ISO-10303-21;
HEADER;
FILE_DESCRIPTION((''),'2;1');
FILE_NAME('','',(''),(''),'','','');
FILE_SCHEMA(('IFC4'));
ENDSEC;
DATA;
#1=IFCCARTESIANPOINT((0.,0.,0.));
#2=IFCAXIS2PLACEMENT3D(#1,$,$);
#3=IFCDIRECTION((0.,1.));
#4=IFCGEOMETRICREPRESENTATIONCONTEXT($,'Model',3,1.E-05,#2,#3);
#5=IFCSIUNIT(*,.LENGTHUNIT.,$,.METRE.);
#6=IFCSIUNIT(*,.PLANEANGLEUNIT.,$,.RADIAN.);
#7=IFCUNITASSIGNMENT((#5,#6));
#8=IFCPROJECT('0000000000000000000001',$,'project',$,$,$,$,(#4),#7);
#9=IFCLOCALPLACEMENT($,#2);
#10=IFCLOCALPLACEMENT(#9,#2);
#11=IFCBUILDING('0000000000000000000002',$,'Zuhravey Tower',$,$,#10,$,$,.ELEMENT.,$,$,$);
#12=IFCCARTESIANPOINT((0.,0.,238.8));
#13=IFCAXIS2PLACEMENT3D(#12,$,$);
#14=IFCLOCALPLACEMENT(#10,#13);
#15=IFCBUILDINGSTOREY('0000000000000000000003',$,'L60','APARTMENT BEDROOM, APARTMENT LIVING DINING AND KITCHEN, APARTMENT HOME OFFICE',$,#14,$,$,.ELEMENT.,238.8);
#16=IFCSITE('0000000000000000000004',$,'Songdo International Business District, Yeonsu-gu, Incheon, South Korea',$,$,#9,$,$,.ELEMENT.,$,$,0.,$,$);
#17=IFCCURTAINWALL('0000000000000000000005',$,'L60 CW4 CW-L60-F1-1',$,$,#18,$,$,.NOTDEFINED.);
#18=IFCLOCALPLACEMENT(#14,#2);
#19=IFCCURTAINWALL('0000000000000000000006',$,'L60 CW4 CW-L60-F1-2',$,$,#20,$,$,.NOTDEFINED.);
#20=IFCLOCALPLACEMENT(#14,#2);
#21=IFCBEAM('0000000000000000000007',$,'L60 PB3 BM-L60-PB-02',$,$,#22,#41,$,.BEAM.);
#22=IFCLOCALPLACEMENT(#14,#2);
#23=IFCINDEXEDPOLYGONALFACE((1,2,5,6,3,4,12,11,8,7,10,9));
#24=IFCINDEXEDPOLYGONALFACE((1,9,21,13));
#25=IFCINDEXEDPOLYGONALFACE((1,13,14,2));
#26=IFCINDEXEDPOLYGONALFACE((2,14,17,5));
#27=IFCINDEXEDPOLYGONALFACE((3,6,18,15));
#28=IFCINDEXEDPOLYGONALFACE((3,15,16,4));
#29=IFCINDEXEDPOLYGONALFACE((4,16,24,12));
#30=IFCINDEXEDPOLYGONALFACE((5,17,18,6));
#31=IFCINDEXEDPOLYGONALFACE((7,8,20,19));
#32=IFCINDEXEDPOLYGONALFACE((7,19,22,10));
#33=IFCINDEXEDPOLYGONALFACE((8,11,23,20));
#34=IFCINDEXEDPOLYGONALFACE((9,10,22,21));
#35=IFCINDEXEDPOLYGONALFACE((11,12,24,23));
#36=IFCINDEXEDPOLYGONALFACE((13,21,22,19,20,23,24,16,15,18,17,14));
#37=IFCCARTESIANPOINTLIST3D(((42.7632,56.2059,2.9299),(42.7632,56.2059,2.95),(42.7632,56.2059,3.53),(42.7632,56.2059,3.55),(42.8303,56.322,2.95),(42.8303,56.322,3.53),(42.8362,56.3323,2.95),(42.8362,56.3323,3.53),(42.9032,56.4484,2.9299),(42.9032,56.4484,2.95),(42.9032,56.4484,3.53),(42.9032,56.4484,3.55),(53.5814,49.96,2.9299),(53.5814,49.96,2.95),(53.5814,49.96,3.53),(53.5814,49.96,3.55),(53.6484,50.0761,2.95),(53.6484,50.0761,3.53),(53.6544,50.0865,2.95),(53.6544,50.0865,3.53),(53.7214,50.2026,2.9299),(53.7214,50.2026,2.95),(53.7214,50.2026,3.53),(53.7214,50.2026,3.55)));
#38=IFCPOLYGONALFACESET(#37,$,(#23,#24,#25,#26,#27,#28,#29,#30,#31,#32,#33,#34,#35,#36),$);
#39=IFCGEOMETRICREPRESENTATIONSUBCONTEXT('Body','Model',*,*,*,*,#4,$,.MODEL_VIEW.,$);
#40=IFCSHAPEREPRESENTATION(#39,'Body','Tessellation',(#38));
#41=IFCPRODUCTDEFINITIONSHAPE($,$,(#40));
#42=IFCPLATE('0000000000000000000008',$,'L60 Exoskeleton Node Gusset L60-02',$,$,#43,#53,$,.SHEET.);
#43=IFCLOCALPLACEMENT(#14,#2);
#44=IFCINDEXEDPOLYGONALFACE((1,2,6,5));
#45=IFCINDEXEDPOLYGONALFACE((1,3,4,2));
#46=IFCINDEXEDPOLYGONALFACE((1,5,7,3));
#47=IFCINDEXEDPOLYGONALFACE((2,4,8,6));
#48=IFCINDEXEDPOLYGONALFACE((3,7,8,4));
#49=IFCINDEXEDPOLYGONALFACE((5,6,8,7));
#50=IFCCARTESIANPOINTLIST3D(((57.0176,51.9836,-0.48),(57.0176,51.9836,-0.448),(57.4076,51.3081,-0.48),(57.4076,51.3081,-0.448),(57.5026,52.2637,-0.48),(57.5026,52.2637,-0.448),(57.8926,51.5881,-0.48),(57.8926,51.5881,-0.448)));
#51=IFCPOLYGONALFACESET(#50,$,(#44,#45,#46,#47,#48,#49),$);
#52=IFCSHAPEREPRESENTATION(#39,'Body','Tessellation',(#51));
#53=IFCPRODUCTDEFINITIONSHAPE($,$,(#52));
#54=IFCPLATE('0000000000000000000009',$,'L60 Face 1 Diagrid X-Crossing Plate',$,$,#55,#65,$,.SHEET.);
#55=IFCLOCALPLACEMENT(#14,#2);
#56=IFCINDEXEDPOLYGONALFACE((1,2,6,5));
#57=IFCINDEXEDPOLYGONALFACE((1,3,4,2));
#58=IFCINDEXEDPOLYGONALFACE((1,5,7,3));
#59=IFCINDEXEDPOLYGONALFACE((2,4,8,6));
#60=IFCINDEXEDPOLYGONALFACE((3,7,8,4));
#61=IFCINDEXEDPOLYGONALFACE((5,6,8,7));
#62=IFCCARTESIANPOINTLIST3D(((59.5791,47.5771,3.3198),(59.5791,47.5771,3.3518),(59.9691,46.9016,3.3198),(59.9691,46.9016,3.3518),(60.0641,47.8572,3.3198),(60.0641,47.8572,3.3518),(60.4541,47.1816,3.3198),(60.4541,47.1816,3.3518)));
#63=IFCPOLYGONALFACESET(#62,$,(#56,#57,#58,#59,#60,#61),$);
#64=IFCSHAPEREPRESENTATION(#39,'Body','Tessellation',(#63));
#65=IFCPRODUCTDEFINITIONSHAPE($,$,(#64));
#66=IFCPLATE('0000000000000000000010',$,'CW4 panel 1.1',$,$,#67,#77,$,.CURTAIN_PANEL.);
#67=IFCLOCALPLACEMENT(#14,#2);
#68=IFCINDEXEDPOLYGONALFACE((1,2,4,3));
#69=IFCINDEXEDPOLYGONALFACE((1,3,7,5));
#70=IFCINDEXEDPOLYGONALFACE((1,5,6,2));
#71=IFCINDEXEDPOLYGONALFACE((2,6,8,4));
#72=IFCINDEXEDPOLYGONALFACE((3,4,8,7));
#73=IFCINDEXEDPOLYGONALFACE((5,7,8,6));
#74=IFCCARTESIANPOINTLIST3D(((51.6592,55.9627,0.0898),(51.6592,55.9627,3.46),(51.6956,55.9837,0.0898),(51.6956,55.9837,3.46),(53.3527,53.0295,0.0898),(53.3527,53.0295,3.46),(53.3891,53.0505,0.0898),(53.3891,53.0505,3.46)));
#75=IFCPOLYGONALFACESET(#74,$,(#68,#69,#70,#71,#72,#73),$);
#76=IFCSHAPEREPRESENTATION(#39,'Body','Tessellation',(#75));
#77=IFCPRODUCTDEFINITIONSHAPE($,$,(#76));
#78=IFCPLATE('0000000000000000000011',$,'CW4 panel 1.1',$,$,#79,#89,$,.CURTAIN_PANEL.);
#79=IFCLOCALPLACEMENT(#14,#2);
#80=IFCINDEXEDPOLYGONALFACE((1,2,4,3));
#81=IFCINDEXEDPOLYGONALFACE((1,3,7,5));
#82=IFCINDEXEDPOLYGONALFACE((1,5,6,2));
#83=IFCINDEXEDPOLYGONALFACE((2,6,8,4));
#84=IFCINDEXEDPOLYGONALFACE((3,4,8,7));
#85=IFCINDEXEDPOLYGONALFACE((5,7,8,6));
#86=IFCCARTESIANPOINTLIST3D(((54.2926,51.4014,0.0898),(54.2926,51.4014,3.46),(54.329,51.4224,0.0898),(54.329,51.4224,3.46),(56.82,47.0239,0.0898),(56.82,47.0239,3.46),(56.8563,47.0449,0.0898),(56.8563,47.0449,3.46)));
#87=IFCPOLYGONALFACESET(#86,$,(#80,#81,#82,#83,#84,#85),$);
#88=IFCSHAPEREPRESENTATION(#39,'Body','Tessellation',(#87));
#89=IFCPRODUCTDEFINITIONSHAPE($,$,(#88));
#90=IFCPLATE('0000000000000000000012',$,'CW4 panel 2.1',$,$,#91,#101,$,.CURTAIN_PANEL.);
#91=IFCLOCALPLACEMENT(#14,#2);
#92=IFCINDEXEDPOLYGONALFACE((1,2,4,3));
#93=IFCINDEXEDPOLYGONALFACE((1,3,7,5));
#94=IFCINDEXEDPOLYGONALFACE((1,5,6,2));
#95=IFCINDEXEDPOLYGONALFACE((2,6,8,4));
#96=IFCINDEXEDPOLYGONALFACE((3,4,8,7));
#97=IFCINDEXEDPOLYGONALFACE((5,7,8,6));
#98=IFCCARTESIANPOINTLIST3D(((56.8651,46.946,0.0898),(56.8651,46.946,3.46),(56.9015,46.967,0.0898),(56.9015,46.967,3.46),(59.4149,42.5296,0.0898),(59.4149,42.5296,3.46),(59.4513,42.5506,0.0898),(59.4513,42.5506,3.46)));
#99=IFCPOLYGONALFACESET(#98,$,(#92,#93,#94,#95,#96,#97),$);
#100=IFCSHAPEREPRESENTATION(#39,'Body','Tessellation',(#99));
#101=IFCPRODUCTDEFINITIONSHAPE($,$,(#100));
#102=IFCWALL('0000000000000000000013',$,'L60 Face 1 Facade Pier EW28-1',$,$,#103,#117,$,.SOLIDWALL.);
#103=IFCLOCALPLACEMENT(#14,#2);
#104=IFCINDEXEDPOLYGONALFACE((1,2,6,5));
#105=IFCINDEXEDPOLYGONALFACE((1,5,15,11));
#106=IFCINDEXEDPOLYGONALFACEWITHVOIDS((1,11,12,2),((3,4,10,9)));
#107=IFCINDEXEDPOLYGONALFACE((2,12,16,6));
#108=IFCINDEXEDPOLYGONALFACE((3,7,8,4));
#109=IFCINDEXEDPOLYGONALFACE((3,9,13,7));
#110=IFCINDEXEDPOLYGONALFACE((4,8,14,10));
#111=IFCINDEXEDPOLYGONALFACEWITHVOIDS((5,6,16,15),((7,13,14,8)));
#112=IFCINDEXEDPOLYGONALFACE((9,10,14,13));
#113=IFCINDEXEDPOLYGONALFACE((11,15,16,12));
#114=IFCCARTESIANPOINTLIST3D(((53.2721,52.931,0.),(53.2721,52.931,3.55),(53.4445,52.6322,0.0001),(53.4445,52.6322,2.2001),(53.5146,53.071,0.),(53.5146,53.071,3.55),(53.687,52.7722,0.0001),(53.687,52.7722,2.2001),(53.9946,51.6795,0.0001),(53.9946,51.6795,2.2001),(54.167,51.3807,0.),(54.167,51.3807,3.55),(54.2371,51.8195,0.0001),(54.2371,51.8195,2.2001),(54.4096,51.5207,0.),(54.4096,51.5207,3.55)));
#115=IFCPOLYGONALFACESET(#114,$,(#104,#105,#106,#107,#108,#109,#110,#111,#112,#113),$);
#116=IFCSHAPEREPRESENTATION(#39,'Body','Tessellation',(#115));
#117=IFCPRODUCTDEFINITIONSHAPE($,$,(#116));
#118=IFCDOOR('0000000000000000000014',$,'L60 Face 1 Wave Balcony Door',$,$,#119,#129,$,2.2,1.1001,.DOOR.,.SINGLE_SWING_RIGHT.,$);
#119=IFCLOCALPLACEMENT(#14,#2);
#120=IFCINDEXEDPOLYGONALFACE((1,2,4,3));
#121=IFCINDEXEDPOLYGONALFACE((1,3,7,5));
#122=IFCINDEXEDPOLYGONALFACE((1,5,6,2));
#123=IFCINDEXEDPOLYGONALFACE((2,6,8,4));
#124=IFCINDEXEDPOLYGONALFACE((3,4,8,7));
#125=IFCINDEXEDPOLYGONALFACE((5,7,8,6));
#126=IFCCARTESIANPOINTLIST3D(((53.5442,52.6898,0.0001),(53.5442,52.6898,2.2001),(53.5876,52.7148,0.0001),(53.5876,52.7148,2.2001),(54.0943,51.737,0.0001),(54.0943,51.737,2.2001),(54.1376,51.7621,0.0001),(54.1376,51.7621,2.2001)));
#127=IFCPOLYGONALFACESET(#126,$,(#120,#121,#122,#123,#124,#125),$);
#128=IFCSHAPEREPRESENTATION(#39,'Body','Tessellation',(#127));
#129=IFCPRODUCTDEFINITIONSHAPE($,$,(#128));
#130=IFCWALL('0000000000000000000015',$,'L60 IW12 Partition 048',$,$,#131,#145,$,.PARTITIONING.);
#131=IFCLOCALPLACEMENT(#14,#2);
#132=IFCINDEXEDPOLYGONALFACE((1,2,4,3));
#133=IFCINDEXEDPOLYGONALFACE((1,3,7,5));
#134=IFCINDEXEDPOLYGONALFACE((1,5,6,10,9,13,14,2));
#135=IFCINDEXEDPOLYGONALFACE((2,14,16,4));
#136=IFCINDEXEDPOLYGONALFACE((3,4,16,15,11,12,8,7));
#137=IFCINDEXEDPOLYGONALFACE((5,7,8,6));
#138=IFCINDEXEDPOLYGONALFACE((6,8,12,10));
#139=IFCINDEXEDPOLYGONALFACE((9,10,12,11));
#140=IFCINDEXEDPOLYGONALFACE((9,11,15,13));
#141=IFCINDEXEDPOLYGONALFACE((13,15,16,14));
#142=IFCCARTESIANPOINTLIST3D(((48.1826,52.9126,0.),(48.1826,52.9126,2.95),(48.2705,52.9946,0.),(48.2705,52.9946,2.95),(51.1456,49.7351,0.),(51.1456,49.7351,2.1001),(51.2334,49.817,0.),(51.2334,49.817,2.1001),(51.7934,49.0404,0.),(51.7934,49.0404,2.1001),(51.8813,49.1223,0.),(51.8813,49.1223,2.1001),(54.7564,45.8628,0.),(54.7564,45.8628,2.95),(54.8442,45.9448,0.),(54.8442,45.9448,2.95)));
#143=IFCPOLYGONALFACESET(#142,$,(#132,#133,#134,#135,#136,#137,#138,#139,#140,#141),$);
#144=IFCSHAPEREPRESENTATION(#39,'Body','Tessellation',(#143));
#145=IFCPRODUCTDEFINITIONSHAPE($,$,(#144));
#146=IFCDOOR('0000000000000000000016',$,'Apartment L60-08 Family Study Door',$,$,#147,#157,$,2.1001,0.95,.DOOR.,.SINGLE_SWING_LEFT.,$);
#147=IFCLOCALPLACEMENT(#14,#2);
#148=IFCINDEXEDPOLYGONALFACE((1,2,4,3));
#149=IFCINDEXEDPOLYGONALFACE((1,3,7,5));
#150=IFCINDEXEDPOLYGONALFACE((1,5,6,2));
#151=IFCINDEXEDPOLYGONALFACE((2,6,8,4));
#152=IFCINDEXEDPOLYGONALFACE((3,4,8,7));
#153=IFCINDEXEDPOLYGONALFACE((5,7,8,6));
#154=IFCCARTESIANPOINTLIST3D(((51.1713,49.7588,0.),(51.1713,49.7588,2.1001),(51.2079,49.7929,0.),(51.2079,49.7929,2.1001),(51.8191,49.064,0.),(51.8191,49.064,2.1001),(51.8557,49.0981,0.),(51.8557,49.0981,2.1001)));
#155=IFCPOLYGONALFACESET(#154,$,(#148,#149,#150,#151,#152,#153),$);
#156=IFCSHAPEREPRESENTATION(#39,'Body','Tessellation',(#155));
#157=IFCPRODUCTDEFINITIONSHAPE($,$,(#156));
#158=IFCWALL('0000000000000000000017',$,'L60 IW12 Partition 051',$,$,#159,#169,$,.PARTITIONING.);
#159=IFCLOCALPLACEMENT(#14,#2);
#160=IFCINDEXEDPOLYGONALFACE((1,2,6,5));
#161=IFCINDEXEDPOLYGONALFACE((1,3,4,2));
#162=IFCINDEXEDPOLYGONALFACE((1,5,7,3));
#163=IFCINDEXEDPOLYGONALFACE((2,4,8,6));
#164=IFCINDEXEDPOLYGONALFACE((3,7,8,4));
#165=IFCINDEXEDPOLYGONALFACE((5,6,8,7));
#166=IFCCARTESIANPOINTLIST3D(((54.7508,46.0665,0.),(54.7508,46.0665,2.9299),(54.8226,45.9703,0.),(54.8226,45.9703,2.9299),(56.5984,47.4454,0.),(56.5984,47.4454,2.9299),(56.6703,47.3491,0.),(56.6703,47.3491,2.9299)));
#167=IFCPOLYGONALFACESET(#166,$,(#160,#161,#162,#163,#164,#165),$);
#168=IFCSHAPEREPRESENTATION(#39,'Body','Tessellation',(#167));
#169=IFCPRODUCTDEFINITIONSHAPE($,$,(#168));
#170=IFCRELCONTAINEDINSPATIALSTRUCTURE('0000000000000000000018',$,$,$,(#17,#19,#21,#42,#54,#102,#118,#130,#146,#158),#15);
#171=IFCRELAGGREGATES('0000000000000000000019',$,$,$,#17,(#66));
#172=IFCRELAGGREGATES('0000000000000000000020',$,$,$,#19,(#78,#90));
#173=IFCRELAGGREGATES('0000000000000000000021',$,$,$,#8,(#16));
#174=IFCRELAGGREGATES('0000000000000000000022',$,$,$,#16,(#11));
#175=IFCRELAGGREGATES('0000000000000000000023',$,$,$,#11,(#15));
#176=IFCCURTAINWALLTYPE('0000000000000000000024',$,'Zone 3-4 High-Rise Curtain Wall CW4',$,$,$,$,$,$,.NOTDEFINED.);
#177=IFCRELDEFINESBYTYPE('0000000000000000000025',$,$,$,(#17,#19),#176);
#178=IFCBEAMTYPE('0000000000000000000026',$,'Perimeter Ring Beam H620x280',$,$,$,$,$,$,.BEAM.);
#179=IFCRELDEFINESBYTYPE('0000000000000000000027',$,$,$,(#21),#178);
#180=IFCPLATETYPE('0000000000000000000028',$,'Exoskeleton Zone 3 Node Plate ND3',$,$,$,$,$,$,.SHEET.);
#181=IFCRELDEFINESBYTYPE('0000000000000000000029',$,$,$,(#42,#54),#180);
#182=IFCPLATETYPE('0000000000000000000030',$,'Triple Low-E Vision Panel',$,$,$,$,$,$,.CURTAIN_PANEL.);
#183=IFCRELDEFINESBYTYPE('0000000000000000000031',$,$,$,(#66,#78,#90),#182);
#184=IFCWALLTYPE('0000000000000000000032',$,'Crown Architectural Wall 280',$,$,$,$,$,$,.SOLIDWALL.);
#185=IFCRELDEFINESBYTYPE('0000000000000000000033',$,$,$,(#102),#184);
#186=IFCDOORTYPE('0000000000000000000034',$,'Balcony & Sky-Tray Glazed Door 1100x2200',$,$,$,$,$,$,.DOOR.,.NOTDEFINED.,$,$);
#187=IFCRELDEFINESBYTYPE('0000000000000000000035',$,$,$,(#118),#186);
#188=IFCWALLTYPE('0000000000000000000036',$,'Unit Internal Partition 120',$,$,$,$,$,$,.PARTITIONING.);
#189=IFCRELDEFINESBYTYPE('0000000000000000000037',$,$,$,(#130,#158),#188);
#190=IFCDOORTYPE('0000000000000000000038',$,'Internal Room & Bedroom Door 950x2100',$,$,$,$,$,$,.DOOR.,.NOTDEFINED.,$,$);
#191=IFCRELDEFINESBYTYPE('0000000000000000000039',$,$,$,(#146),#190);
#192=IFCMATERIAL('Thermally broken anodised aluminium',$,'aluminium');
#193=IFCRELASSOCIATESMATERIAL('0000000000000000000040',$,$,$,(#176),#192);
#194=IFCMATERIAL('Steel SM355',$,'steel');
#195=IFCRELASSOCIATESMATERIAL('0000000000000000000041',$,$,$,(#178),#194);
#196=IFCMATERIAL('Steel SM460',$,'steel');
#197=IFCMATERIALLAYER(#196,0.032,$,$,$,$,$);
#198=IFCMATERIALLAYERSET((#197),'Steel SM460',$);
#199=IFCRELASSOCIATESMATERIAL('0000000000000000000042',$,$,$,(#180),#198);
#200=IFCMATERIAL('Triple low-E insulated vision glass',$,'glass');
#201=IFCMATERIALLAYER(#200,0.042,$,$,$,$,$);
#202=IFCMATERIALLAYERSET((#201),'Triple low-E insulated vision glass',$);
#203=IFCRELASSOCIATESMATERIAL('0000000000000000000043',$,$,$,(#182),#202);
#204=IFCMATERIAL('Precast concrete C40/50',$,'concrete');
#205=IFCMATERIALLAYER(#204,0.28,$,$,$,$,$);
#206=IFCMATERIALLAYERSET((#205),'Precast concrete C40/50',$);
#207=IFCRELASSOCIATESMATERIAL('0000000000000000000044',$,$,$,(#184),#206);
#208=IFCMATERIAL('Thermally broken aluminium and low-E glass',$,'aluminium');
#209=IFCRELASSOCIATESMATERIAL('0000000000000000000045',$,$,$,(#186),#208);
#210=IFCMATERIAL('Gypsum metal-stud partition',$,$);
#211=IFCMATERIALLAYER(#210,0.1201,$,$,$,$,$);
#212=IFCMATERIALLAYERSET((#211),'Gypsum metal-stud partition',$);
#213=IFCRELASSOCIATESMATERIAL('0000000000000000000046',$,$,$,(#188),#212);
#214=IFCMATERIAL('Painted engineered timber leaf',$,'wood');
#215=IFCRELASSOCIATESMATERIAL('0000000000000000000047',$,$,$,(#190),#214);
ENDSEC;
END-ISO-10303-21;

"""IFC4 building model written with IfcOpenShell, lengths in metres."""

from ifc_helpers import new_model, si_unit, direction, frame, frame_2d, origin, origin_2d, place, context, subcontext, project, spatial, rectangle, i_section, extrude, material, layer, layer_set, material_profile, profile_set, type_object, element, fill, aggregate, save


model = new_model("IFC4")

# Units and contexts
model_context = context("Model", 3, precision=1e-05, world=origin(), true_north=direction((0.0, 1.0)))
body_context = subcontext(model_context, "Body", "Model", "MODEL_VIEW")
ifc_project = project(units=[si_unit("LENGTHUNIT", "METRE"), si_unit("PLANEANGLEUNIT", "RADIAN")], contexts=[model_context])

# Site, building, storey
site_placement = place(None, origin())
site = spatial("IfcSite", under=ifc_project, at=site_placement, Name="Songdo International Business District, Yeonsu-gu, Incheon, South Korea", CompositionType="ELEMENT", RefElevation=0.0)
building_placement = place(site_placement, origin())
building = spatial("IfcBuilding", under=site, at=building_placement, Name="Zuhravey Tower", CompositionType="ELEMENT")
storey_placement = place(building_placement, frame((0.0, 0.0, 238.8)))
storey = spatial("IfcBuildingStorey", under=building, at=storey_placement, Name="L60", Description="APARTMENT BEDROOM, APARTMENT LIVING DINING AND KITCHEN, APARTMENT HOME OFFICE", CompositionType="ELEMENT", Elevation=238.8)

# Curtain walls
ifc_material_1 = material(Name="Thermally broken anodised aluminium", Category="aluminium")
curtain_wall_type = type_object("IfcCurtainWallType", Name="Zone 3-4 High-Rise Curtain Wall CW4", PredefinedType="NOTDEFINED", material=ifc_material_1)
curtain_wall_1_placement = place(storey_placement, origin())
curtain_wall_1 = element("IfcCurtainWall", 1, at=curtain_wall_1_placement, inside=storey, type_object=curtain_wall_type, Name="L60 CW4 CW-L60-F1-1", PredefinedType="NOTDEFINED")
curtain_wall_2_placement = place(storey_placement, origin())
curtain_wall_2 = element("IfcCurtainWall", 2, at=curtain_wall_2_placement, inside=storey, type_object=curtain_wall_type, Name="L60 CW4 CW-L60-F1-2", PredefinedType="NOTDEFINED")

# Shared definitions
ifc_material_2 = material(Name="Steel SM355", Category="steel")

# Beam
ifc_material_profile_1 = material_profile(ifc_material_2, i_section(OverallWidth=0.28, OverallDepth=0.6201, WebThickness=0.012, FlangeThickness=0.02, at=origin_2d()), Name="H-620x280x12x20")
ifc_profile_set_1 = profile_set([ifc_material_profile_1], Name="Steel SM355")
beam_type = type_object("IfcBeamType", Name="Perimeter Ring Beam H620x280", PredefinedType="BEAM", material=ifc_profile_set_1)
beam_placement = place(storey_placement, frame((53.6514, 50.0813, 3.24), z_axis=(-0.866025, 0.5, 0.0), x_axis=(-0.5, -0.866025, 0.0)))
element("IfcBeam", 3, at=beam_placement, inside=storey, type_object=beam_type, Name="L60 PB3 BM-L60-PB-02", PredefinedType="BEAM", context=body_context, shape_type="SweptSolid", body=[
    extrude(i_section(OverallWidth=0.28, OverallDepth=0.6201, WebThickness=0.012, FlangeThickness=0.02, at=origin_2d()), origin(), (0.0, 0.0, 1.0), 12.4917),
])

# Plates
ifc_material_3 = material(Name="Steel SM460", Category="steel")
ifc_layer_1 = layer(ifc_material_3, 0.032)
ifc_layer_set_1 = layer_set([ifc_layer_1], Name="Steel SM460")
plate_type_1 = type_object("IfcPlateType", Name="Exoskeleton Zone 3 Node Plate ND3", PredefinedType="SHEET", material=ifc_layer_set_1)
for number, where, z_axis, x_axis, name in (
    (4, (57.4551, 51.7859, -0.48), (0.0, 0.0, 1.0), (-0.5, 0.866025, 0.0), "L60 Exoskeleton Node Gusset L60-02"),
    (5, (60.0166, 47.3794, 3.3198), (0.0, 0.0, 1.0), (-0.5, 0.866025, 0.0), "L60 Face 1 Diagrid X-Crossing Plate"),
):
    element("IfcPlate", number, at=place(storey_placement, frame(where, z_axis=z_axis, x_axis=x_axis)), inside=storey, type_object=plate_type_1, Name=name, PredefinedType="SHEET", context=body_context, shape_type="SweptSolid", body=[
        extrude(rectangle(XDim=0.78, YDim=0.5601, at=origin_2d()), origin(), (0.0, 0.0, 1.0), 0.032),
    ])

# Plates
ifc_material_4 = material(Name="Triple low-E insulated vision glass", Category="glass")
ifc_layer_2 = layer(ifc_material_4, 0.042)
ifc_layer_set_2 = layer_set([ifc_layer_2], Name="Triple low-E insulated vision glass")
plate_type_2 = type_object("IfcPlateType", Name="Triple Low-E Vision Panel", PredefinedType="CURTAIN_PANEL", material=ifc_layer_set_2)
plate_1_placement = place(storey_placement, frame((52.5242, 54.5066, 0.0898), z_axis=(0.0, 0.0, 1.0), x_axis=(0.500002, -0.866025, 0.0)))
plate_1 = element("IfcPlate", 6, at=plate_1_placement, type_object=plate_type_2, Name="CW4 panel 1.1", PredefinedType="CURTAIN_PANEL", context=body_context, shape_type="SweptSolid", body=[
    extrude(rectangle(XDim=3.387, YDim=0.042, at=origin_2d()), origin(), (0.0, 0.0, 1.0), 3.3701),
])
aggregate(curtain_wall_1, [plate_1])
plate_2_placement = place(storey_placement, frame((55.5745, 49.2231, 0.0898), z_axis=(0.0, 0.0, 1.0), x_axis=(0.500002, -0.866024, 0.0)))
plate_2 = element("IfcPlate", 7, at=plate_2_placement, type_object=plate_type_2, Name="CW4 panel 1.1", PredefinedType="CURTAIN_PANEL", context=body_context, shape_type="SweptSolid", body=[
    extrude(rectangle(XDim=5.0547, YDim=0.042, at=origin_2d()), origin(), (0.0, 0.0, 1.0), 3.3701),
])
plate_3_placement = place(storey_placement, frame((58.1582, 44.7483, 0.0898), z_axis=(0.0, 0.0, 1.0), x_axis=(0.500002, -0.866024, 0.0)))
plate_3 = element("IfcPlate", 8, at=plate_3_placement, type_object=plate_type_2, Name="CW4 panel 2.1", PredefinedType="CURTAIN_PANEL", context=body_context, shape_type="SweptSolid", body=[
    extrude(rectangle(XDim=5.0996, YDim=0.042, at=origin_2d()), origin(), (0.0, 0.0, 1.0), 3.3701),
])
aggregate(curtain_wall_2, [plate_2, plate_3])

# Walls, openings, doors
ifc_material_5 = material(Name="Precast concrete C40/50", Category="concrete")
ifc_layer_3 = layer(ifc_material_5, 0.28)
ifc_layer_set_3 = layer_set([ifc_layer_3], Name="Precast concrete C40/50")
wall_type_1 = type_object("IfcWallType", Name="Crown Architectural Wall 280", PredefinedType="SOLIDWALL", material=ifc_layer_set_3)
wall_1_placement = place(storey_placement, frame((53.3933, 53.001, 0.0), z_axis=(0.0, 0.0, 1.0), x_axis=(0.499982, -0.866036, 0.0)))
wall_1 = element("IfcWall", 9, at=wall_1_placement, inside=storey, type_object=wall_type_1, Name="L60 Face 1 Facade Pier EW28-1", PredefinedType="SOLIDWALL", context=body_context, shape_type="SweptSolid", body=[
    extrude(rectangle(XDim=1.79, YDim=0.28, at=frame_2d((0.895, 0.0))), origin(), (0.0, 0.0, 1.0), 3.55),
])
opening_1_placement = place(wall_1_placement, frame((0.345, 0.0, 0.0)))
opening_1 = element("IfcOpeningElement", 10, at=opening_1_placement, cuts=wall_1, PredefinedType="OPENING", context=body_context, shape_type="SweptSolid", body=[
    extrude(rectangle(XDim=1.1001, YDim=2.2, at=frame_2d((0.55, 1.1001))), frame((0.0, 0.1521, 0.0), z_axis=(0.0, -1.0, 0.0), x_axis=(1.0, 0.0, 0.0)), (0.0, 0.0, 1.0), 0.304),
])
ifc_material_6 = material(Name="Thermally broken aluminium and low-E glass", Category="aluminium")
door_type_1 = type_object("IfcDoorType", Name="Balcony & Sky-Tray Glazed Door 1100x2200", OperationType="NOTDEFINED", PredefinedType="DOOR", material=ifc_material_6)
door_1_placement = place(opening_1_placement, frame((1.1001, 0.0, 0.0), z_axis=(0.0, 0.0, 1.0), x_axis=(-1.0, 0.0, 0.0)))
door_1 = element("IfcDoor", 11, at=door_1_placement, inside=storey, type_object=door_type_1, Name="L60 Face 1 Wave Balcony Door", OperationType="SINGLE_SWING_RIGHT", OverallHeight=2.2, OverallWidth=1.1001, PredefinedType="DOOR", context=body_context, shape_type="SweptSolid", body=[
    extrude(rectangle(XDim=1.1001, YDim=2.2, at=frame_2d((0.55, 1.1001))), frame((0.0, 0.0249, 0.0), z_axis=(0.0, -1.0, 0.0), x_axis=(1.0, 0.0, 0.0)), (0.0, 0.0, 1.0), 0.05),
])
fill(opening_1, door_1)
ifc_material_7 = material(Name="Gypsum metal-stud partition")
ifc_layer_4 = layer(ifc_material_7, 0.1201)
ifc_layer_set_4 = layer_set([ifc_layer_4], Name="Gypsum metal-stud partition")
wall_type_2 = type_object("IfcWallType", Name="Unit Internal Partition 120", PredefinedType="PARTITIONING", material=ifc_layer_set_4)
wall_2_placement = place(storey_placement, frame((54.8003, 45.9038, 0.0), z_axis=(0.0, 0.0, 1.0), x_axis=(-0.681981, 0.73137, 0.0)))
wall_2 = element("IfcWall", 12, at=wall_2_placement, inside=storey, type_object=wall_type_2, Name="L60 IW12 Partition 048", PredefinedType="PARTITIONING", context=body_context, shape_type="SweptSolid", body=[
    extrude(rectangle(XDim=9.6392, YDim=0.1201, at=frame_2d((4.8196, 0.0))), origin(), (0.0, 0.0, 1.0), 2.95),
])
opening_2_placement = place(wall_2_placement, frame((4.3445, 0.0, 0.0)))
opening_2 = element("IfcOpeningElement", 13, at=opening_2_placement, cuts=wall_2, PredefinedType="OPENING", context=body_context, shape_type="SweptSolid", body=[
    extrude(rectangle(XDim=0.95, YDim=2.1001, at=frame_2d((0.4751, 1.05))), frame((0.0, 0.072, 0.0), z_axis=(0.0, -1.0, 0.0), x_axis=(1.0, 0.0, 0.0)), (0.0, 0.0, 1.0), 0.144),
])
ifc_material_8 = material(Name="Painted engineered timber leaf", Category="wood")
door_type_2 = type_object("IfcDoorType", Name="Internal Room & Bedroom Door 950x2100", OperationType="NOTDEFINED", PredefinedType="DOOR", material=ifc_material_8)
door_2_placement = place(opening_2_placement, frame((0.95, 0.0, 0.0), z_axis=(0.0, 0.0, 1.0), x_axis=(-1.0, 0.0, 0.0)))
door_2 = element("IfcDoor", 14, at=door_2_placement, inside=storey, type_object=door_type_2, Name="Apartment L60-08 Family Study Door", OperationType="SINGLE_SWING_LEFT", OverallHeight=2.1001, OverallWidth=0.95, PredefinedType="DOOR", context=body_context, shape_type="SweptSolid", body=[
    extrude(rectangle(XDim=0.95, YDim=2.1001, at=frame_2d((0.4751, 1.05))), frame((0.0, 0.0249, 0.0), z_axis=(0.0, -1.0, 0.0), x_axis=(1.0, 0.0, 0.0)), (0.0, 0.0, 1.0), 0.05),
])
fill(opening_2, door_2)

# Wall
wall_3_placement = place(storey_placement, frame((54.7866, 46.0183, 0.0), z_axis=(0.0, 0.0, 1.0), x_axis=(0.801421, 0.598101, 0.0)))
element("IfcWall", 15, at=wall_3_placement, inside=storey, type_object=wall_type_2, Name="L60 IW12 Partition 051", PredefinedType="PARTITIONING", context=body_context, shape_type="SweptSolid", body=[
    extrude(rectangle(XDim=2.3054, YDim=0.1201, at=frame_2d((1.1528, 0.0))), origin(), (0.0, 0.0, 1.0), 2.9299),
])

save(model, "model.ifc")
